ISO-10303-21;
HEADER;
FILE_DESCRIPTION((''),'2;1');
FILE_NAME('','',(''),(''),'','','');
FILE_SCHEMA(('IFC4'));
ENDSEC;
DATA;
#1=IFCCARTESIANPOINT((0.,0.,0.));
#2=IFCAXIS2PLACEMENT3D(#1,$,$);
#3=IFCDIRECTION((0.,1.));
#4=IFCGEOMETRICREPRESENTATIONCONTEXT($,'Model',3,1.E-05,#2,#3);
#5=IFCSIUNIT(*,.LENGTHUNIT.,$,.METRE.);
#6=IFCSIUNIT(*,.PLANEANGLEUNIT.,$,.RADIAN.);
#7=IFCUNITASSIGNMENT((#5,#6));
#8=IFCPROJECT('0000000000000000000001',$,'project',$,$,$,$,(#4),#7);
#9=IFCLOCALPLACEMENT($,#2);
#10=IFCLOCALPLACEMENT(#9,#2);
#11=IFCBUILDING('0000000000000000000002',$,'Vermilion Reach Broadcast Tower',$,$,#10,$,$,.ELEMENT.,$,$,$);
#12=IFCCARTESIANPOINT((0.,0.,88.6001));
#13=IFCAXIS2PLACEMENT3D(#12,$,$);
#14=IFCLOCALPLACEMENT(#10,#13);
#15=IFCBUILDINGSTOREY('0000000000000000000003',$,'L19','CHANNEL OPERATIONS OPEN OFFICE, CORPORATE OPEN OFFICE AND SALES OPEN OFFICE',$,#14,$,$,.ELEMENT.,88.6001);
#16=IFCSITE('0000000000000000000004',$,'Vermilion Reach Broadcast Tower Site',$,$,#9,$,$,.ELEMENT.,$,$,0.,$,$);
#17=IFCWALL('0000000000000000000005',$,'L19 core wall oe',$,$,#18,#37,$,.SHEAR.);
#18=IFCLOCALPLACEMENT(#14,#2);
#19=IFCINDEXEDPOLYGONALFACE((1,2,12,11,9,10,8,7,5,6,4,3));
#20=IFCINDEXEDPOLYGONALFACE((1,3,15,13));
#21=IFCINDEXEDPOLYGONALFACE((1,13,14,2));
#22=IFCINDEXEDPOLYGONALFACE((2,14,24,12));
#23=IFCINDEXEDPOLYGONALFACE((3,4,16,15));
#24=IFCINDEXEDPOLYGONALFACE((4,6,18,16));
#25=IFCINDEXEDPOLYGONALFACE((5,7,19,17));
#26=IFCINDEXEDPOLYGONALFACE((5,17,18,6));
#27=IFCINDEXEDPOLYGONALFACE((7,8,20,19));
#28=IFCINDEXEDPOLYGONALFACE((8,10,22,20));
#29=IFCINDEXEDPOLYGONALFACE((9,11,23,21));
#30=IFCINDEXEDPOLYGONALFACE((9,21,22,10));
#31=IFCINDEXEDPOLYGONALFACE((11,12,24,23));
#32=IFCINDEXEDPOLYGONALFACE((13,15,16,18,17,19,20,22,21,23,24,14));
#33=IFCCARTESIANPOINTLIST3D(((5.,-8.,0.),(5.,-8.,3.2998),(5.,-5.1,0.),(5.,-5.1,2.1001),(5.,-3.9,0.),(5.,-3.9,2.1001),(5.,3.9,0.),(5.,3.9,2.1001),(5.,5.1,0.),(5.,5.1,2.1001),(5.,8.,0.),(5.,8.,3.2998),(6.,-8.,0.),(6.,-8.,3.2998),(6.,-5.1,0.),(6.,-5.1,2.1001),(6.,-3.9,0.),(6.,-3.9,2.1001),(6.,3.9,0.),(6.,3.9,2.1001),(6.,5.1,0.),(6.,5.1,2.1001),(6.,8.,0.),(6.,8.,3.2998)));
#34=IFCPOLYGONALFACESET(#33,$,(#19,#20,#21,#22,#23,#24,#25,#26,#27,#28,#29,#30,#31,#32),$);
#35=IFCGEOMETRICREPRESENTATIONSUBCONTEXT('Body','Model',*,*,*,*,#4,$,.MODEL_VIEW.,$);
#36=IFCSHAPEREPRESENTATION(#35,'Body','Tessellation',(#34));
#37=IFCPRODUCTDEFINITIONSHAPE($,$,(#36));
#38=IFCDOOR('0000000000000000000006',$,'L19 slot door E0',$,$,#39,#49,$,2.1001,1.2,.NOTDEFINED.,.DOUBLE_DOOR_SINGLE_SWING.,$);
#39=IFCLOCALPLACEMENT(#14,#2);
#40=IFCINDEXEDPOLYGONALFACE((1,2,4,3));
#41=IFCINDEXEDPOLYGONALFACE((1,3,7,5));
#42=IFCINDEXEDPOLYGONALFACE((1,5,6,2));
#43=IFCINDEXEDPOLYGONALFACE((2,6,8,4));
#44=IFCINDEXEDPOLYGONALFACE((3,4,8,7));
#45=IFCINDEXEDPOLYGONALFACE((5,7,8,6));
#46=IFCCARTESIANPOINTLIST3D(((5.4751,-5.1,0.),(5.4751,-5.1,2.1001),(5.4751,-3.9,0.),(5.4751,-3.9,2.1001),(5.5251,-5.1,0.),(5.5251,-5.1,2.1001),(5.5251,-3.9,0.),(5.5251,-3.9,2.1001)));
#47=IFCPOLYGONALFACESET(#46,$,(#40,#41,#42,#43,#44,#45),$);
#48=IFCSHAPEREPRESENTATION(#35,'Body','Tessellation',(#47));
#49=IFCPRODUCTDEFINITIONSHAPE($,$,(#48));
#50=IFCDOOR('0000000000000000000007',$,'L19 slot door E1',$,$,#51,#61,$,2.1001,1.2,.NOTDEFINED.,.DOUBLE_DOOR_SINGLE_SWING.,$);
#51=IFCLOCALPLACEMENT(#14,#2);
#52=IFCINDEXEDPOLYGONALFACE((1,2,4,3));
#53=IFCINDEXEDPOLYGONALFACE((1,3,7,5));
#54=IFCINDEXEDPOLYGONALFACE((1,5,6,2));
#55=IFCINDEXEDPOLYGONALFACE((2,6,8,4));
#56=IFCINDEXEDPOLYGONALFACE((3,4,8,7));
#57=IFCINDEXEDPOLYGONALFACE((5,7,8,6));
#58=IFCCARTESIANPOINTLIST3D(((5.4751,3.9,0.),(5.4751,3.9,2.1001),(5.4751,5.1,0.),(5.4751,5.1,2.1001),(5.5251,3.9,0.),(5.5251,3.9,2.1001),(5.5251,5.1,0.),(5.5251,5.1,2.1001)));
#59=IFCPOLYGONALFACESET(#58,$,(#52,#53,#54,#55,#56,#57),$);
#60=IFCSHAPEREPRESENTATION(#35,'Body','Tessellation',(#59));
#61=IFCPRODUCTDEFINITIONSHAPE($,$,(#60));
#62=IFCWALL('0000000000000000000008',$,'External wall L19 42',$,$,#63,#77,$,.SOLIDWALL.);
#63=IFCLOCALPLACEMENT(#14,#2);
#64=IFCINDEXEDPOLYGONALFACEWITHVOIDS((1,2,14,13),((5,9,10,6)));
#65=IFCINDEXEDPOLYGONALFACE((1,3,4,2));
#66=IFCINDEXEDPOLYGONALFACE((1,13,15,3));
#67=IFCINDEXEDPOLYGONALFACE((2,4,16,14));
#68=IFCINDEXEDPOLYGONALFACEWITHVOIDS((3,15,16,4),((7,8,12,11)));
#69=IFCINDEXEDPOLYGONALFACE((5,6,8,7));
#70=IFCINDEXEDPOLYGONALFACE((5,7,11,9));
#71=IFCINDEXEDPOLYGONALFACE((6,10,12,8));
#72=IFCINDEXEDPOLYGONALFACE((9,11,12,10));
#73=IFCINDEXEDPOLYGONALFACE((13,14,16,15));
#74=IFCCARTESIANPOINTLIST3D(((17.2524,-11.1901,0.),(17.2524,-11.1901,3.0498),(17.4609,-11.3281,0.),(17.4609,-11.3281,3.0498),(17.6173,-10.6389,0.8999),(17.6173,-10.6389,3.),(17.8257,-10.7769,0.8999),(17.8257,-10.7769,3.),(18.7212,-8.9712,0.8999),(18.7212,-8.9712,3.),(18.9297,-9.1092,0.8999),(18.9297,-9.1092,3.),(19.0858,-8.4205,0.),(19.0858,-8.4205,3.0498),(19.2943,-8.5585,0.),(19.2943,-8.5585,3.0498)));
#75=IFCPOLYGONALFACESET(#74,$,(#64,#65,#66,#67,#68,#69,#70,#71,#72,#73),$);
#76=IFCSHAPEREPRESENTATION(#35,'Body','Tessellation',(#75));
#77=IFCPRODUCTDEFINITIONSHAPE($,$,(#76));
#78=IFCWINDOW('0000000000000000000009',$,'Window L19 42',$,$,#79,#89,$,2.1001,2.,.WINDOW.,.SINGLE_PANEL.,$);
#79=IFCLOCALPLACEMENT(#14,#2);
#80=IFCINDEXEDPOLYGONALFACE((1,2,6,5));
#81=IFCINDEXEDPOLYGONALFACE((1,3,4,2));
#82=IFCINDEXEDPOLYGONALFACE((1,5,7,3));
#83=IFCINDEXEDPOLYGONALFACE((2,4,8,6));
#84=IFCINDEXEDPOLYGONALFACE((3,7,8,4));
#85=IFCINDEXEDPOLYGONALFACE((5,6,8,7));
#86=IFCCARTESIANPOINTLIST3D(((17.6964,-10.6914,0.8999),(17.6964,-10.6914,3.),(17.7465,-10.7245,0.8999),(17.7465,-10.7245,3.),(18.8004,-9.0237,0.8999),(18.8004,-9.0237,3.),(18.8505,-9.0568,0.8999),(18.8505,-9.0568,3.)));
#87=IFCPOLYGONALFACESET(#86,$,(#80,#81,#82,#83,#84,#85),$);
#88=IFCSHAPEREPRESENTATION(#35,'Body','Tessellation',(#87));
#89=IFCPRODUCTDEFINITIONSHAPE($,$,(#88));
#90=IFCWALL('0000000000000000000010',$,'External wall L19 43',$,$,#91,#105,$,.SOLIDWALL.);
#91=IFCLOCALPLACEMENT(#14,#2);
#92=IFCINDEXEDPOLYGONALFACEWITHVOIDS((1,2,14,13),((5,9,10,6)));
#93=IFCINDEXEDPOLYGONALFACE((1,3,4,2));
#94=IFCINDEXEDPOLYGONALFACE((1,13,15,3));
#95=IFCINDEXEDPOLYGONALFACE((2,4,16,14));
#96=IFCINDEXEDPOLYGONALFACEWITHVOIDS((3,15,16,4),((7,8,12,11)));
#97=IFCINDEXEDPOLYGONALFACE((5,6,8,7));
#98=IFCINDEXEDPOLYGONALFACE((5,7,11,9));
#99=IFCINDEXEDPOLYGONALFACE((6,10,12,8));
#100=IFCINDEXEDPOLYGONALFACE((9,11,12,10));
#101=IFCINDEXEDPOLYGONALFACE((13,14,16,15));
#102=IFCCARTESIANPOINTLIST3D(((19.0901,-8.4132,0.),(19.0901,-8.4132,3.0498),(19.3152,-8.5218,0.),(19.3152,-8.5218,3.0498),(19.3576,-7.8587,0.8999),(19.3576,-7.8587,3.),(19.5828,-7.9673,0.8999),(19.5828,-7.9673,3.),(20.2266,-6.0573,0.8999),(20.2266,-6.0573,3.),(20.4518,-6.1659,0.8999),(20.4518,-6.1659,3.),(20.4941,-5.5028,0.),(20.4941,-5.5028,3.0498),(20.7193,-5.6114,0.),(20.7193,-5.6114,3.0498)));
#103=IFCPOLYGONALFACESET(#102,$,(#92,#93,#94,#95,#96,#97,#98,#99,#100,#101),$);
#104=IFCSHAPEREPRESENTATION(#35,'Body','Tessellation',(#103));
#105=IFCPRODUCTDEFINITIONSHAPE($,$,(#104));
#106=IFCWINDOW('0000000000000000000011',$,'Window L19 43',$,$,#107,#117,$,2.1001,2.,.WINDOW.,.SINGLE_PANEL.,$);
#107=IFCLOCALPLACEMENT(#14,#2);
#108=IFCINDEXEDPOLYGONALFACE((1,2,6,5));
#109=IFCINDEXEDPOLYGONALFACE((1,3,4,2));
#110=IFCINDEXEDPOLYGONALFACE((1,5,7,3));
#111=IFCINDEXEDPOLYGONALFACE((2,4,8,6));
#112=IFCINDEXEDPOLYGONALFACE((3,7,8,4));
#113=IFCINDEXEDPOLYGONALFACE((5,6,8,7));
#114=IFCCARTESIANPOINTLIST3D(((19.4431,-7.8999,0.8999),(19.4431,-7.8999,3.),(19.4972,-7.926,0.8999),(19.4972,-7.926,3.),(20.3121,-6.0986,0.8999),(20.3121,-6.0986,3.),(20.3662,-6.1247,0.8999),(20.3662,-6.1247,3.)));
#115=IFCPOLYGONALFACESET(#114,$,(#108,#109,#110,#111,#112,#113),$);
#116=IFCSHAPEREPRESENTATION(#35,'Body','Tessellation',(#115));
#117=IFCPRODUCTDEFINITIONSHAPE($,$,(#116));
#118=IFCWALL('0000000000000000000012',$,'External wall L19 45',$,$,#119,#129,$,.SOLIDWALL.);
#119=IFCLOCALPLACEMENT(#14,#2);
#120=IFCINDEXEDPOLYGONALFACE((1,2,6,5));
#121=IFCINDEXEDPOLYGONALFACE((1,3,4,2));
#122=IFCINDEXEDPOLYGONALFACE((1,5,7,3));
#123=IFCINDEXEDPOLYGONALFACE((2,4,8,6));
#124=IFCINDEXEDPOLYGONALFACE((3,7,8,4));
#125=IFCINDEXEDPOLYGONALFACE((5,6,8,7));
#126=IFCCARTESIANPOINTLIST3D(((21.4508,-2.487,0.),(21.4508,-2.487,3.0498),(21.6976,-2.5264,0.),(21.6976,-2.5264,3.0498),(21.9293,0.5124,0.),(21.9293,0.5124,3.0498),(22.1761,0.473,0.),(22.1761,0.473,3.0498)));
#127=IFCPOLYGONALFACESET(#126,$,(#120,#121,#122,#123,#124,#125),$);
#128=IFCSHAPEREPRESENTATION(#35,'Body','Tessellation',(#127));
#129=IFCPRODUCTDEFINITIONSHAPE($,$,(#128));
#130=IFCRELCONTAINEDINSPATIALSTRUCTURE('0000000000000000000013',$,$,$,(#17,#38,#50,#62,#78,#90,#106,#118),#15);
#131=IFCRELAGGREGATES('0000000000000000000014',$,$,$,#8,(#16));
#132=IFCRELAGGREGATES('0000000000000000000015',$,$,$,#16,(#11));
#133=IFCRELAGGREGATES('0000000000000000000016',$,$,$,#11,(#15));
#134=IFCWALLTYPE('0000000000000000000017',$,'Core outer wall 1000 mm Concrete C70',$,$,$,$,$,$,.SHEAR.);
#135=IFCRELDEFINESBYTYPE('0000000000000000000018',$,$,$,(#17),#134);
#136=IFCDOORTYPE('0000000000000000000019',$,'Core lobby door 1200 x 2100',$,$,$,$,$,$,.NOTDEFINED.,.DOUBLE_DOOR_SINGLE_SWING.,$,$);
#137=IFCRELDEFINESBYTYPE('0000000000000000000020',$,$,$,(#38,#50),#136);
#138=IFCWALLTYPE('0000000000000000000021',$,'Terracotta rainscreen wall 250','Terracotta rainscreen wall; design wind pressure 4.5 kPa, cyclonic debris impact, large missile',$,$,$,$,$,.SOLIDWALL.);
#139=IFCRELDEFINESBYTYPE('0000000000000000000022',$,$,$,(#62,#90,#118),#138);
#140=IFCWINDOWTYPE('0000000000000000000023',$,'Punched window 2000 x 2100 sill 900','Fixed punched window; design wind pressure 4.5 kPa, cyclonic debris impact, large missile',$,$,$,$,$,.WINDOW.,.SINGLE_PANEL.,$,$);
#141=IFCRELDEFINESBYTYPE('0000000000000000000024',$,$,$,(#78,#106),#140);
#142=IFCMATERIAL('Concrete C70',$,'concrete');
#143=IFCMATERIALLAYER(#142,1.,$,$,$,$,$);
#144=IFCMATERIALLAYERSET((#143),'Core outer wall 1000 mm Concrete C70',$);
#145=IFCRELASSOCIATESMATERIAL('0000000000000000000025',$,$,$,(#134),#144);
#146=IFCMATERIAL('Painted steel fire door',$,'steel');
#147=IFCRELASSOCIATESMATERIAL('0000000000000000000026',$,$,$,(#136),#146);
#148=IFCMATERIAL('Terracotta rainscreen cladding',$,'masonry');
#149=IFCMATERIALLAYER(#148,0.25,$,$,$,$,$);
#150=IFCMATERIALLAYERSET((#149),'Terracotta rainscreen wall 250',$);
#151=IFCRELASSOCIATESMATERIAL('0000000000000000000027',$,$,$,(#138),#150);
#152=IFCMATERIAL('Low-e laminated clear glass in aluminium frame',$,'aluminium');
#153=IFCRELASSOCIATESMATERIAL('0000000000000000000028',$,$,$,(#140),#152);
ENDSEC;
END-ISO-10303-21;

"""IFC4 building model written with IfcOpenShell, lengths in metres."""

from ifc_helpers import new_model, si_unit, direction, frame, frame_2d, origin, place, context, subcontext, project, spatial, rectangle, extrude, material, layer, layer_set, type_object, element, fill, save


model = new_model("IFC4")

# Units and contexts
model_context = context("Model", 3, precision=1e-05, world=origin(), true_north=direction((0.0, 1.0)))
body_context = subcontext(model_context, "Body", "Model", "MODEL_VIEW")
ifc_project = project(units=[si_unit("LENGTHUNIT", "METRE"), si_unit("PLANEANGLEUNIT", "RADIAN")], contexts=[model_context])

# Site, building, storey
site_placement = place(None, origin())
site = spatial("IfcSite", under=ifc_project, at=site_placement, Name="Vermilion Reach Broadcast Tower Site", CompositionType="ELEMENT", RefElevation=0.0)
building_placement = place(site_placement, origin())
building = spatial("IfcBuilding", under=site, at=building_placement, Name="Vermilion Reach Broadcast Tower", CompositionType="ELEMENT")
storey_placement = place(building_placement, frame((0.0, 0.0, 88.6001)))
storey = spatial("IfcBuildingStorey", under=building, at=storey_placement, Name="L19", Description="CHANNEL OPERATIONS OPEN OFFICE, CORPORATE OPEN OFFICE AND SALES OPEN OFFICE", CompositionType="ELEMENT", Elevation=88.6001)

# Wall, openings, doors
ifc_material_1 = material(Name="Concrete C70", Category="concrete")
ifc_layer_1 = layer(ifc_material_1, 1.0)
ifc_layer_set_1 = layer_set([ifc_layer_1], Name="Core outer wall 1000 mm Concrete C70")
wall_type_1 = type_object("IfcWallType", Name="Core outer wall 1000 mm Concrete C70", PredefinedType="SHEAR", material=ifc_layer_set_1)
wall_1_placement = place(storey_placement, frame((5.5, -8.0, 0.0), z_axis=(0.0, 0.0, 1.0), x_axis=(0.0, 1.0, 0.0)))
wall_1 = element("IfcWall", 1, at=wall_1_placement, inside=storey, type_object=wall_type_1, Name="L19 core wall oe", PredefinedType="SHEAR", context=body_context, shape_type="SweptSolid", body=[
    extrude(rectangle(XDim=16.0, YDim=1.0, at=frame_2d((8.0, 0.0))), origin(), (0.0, 0.0, 1.0), 3.2998),
])
opening_1_placement = place(wall_1_placement, frame((2.8999, 0.0, 0.0)))
opening_1 = element("IfcOpeningElement", 2, at=opening_1_placement, cuts=wall_1, PredefinedType="OPENING", context=body_context, shape_type="SweptSolid", body=[
    extrude(rectangle(XDim=1.2, YDim=2.1001, at=frame_2d((0.6001, 1.05))), frame((0.0, 0.51, 0.0), z_axis=(0.0, -1.0, 0.0), x_axis=(1.0, 0.0, 0.0)), (0.0, 0.0, 1.0), 1.02),
])
opening_2_placement = place(wall_1_placement, frame((11.8999, 0.0, 0.0)))
opening_2 = element("IfcOpeningElement", 3, at=opening_2_placement, cuts=wall_1, PredefinedType="OPENING", context=body_context, shape_type="SweptSolid", body=[
    extrude(rectangle(XDim=1.2, YDim=2.1001, at=frame_2d((0.6001, 1.05))), frame((0.0, 0.51, 0.0), z_axis=(0.0, -1.0, 0.0), x_axis=(1.0, 0.0, 0.0)), (0.0, 0.0, 1.0), 1.02),
])
ifc_material_2 = material(Name="Painted steel fire door", Category="steel")
door_type_1 = type_object("IfcDoorType", Name="Core lobby door 1200 x 2100", OperationType="DOUBLE_DOOR_SINGLE_SWING", PredefinedType="NOTDEFINED", material=ifc_material_2)
door_1_placement = place(opening_1_placement, origin())
door_1 = element("IfcDoor", 4, at=door_1_placement, inside=storey, type_object=door_type_1, Name="L19 slot door E0", OperationType="DOUBLE_DOOR_SINGLE_SWING", OverallHeight=2.1001, OverallWidth=1.2, PredefinedType="NOTDEFINED", context=body_context, shape_type="SweptSolid", body=[
    extrude(rectangle(XDim=1.2, YDim=2.1001, at=frame_2d((0.6001, 1.05))), frame((0.0, 0.0249, 0.0), z_axis=(0.0, -1.0, 0.0), x_axis=(1.0, 0.0, 0.0)), (0.0, 0.0, 1.0), 0.05),
])
fill(opening_1, door_1)
door_2_placement = place(opening_2_placement, origin())
door_2 = element("IfcDoor", 5, at=door_2_placement, inside=storey, type_object=door_type_1, Name="L19 slot door E1", OperationType="DOUBLE_DOOR_SINGLE_SWING", OverallHeight=2.1001, OverallWidth=1.2, PredefinedType="NOTDEFINED", context=body_context, shape_type="SweptSolid", body=[
    extrude(rectangle(XDim=1.2, YDim=2.1001, at=frame_2d((0.6001, 1.05))), frame((0.0, 0.0249, 0.0), z_axis=(0.0, -1.0, 0.0), x_axis=(1.0, 0.0, 0.0)), (0.0, 0.0, 1.0), 0.05),
])
fill(opening_2, door_2)

# Walls, openings, windows
ifc_material_3 = material(Name="Terracotta rainscreen cladding", Category="masonry")
ifc_layer_2 = layer(ifc_material_3, 0.25)
ifc_layer_set_2 = layer_set([ifc_layer_2], Name="Terracotta rainscreen wall 250")
wall_type_2 = type_object("IfcWallType", Name="Terracotta rainscreen wall 250", Description="Terracotta rainscreen wall; design wind pressure 4.5 kPa, cyclonic debris impact, large missile", PredefinedType="SOLIDWALL", material=ifc_layer_set_2)
wall_2_placement = place(storey_placement, frame((17.3567, -11.259, 0.0), z_axis=(0.0, 0.0, 1.0), x_axis=(0.551983, 0.833855, 0.0)))
wall_2 = element("IfcWall", 6, at=wall_2_placement, inside=storey, type_object=wall_type_2, Name="External wall L19 42", PredefinedType="SOLIDWALL", context=body_context, shape_type="SweptSolid", body=[
    extrude(rectangle(XDim=3.3215, YDim=0.25, at=frame_2d((1.6606, 0.0))), origin(), (0.0, 0.0, 1.0), 3.0498),
])
opening_3_placement = place(wall_2_placement, frame((0.6609, 0.0, 0.8999)))
opening_3 = element("IfcOpeningElement", 7, at=opening_3_placement, cuts=wall_2, PredefinedType="OPENING", context=body_context, shape_type="SweptSolid", body=[
    extrude(rectangle(XDim=2.0, YDim=2.1001, at=frame_2d((1.0, 1.05))), frame((0.0, 0.135, 0.0), z_axis=(0.0, -1.0, 0.0), x_axis=(1.0, 0.0, 0.0)), (0.0, 0.0, 1.0), 0.27),
])
ifc_material_4 = material(Name="Low-e laminated clear glass in aluminium frame", Category="aluminium")
window_type = type_object("IfcWindowType", Name="Punched window 2000 x 2100 sill 900", Description="Fixed punched window; design wind pressure 4.5 kPa, cyclonic debris impact, large missile", PartitioningType="SINGLE_PANEL", PredefinedType="WINDOW", material=ifc_material_4)
window_1_placement = place(opening_3_placement, origin())
window_1 = element("IfcWindow", 8, at=window_1_placement, inside=storey, type_object=window_type, Name="Window L19 42", OverallHeight=2.1001, OverallWidth=2.0, PartitioningType="SINGLE_PANEL", PredefinedType="WINDOW", context=body_context, shape_type="SweptSolid", body=[
    extrude(rectangle(XDim=2.0, YDim=2.1001, at=frame_2d((1.0, 1.05))), frame((0.0, 0.03, 0.0), z_axis=(0.0, -1.0, 0.0), x_axis=(1.0, 0.0, 0.0)), (0.0, 0.0, 1.0), 0.0601),
])
fill(opening_3, window_1)
wall_3_placement = place(storey_placement, frame((19.2026, -8.4675, 0.0), z_axis=(0.0, 0.0, 1.0), x_axis=(0.434506, 0.900669, 0.0)))
wall_3 = element("IfcWall", 9, at=wall_3_placement, inside=storey, type_object=wall_type_2, Name="External wall L19 43", PredefinedType="SOLIDWALL", context=body_context, shape_type="SweptSolid", body=[
    extrude(rectangle(XDim=3.2314, YDim=0.25, at=frame_2d((1.6157, 0.0))), origin(), (0.0, 0.0, 1.0), 3.0498),
])
opening_4_placement = place(wall_3_placement, frame((0.6157, 0.0, 0.8999)))
opening_4 = element("IfcOpeningElement", 10, at=opening_4_placement, cuts=wall_3, PredefinedType="OPENING", context=body_context, shape_type="SweptSolid", body=[
    extrude(rectangle(XDim=2.0, YDim=2.1001, at=frame_2d((1.0, 1.05))), frame((0.0, 0.135, 0.0), z_axis=(0.0, -1.0, 0.0), x_axis=(1.0, 0.0, 0.0)), (0.0, 0.0, 1.0), 0.27),
])
window_2_placement = place(opening_4_placement, origin())
window_2 = element("IfcWindow", 11, at=window_2_placement, inside=storey, type_object=window_type, Name="Window L19 43", OverallHeight=2.1001, OverallWidth=2.0, PartitioningType="SINGLE_PANEL", PredefinedType="WINDOW", context=body_context, shape_type="SweptSolid", body=[
    extrude(rectangle(XDim=2.0, YDim=2.1001, at=frame_2d((1.0, 1.05))), frame((0.0, 0.03, 0.0), z_axis=(0.0, -1.0, 0.0), x_axis=(1.0, 0.0, 0.0)), (0.0, 0.0, 1.0), 0.0601),
])
fill(opening_4, window_2)

# Wall
wall_4_placement = place(storey_placement, frame((21.5742, -2.5066, 0.0), z_axis=(0.0, 0.0, 1.0), x_axis=(0.157539, 0.987513, 0.0)))
element("IfcWall", 12, at=wall_4_placement, inside=storey, type_object=wall_type_2, Name="External wall L19 45", PredefinedType="SOLIDWALL", context=body_context, shape_type="SweptSolid", body=[
    extrude(rectangle(XDim=3.0374, YDim=0.25, at=frame_2d((1.5186, 0.0))), origin(), (0.0, 0.0, 1.0), 3.0498),
])

save(model, "model.ifc")
